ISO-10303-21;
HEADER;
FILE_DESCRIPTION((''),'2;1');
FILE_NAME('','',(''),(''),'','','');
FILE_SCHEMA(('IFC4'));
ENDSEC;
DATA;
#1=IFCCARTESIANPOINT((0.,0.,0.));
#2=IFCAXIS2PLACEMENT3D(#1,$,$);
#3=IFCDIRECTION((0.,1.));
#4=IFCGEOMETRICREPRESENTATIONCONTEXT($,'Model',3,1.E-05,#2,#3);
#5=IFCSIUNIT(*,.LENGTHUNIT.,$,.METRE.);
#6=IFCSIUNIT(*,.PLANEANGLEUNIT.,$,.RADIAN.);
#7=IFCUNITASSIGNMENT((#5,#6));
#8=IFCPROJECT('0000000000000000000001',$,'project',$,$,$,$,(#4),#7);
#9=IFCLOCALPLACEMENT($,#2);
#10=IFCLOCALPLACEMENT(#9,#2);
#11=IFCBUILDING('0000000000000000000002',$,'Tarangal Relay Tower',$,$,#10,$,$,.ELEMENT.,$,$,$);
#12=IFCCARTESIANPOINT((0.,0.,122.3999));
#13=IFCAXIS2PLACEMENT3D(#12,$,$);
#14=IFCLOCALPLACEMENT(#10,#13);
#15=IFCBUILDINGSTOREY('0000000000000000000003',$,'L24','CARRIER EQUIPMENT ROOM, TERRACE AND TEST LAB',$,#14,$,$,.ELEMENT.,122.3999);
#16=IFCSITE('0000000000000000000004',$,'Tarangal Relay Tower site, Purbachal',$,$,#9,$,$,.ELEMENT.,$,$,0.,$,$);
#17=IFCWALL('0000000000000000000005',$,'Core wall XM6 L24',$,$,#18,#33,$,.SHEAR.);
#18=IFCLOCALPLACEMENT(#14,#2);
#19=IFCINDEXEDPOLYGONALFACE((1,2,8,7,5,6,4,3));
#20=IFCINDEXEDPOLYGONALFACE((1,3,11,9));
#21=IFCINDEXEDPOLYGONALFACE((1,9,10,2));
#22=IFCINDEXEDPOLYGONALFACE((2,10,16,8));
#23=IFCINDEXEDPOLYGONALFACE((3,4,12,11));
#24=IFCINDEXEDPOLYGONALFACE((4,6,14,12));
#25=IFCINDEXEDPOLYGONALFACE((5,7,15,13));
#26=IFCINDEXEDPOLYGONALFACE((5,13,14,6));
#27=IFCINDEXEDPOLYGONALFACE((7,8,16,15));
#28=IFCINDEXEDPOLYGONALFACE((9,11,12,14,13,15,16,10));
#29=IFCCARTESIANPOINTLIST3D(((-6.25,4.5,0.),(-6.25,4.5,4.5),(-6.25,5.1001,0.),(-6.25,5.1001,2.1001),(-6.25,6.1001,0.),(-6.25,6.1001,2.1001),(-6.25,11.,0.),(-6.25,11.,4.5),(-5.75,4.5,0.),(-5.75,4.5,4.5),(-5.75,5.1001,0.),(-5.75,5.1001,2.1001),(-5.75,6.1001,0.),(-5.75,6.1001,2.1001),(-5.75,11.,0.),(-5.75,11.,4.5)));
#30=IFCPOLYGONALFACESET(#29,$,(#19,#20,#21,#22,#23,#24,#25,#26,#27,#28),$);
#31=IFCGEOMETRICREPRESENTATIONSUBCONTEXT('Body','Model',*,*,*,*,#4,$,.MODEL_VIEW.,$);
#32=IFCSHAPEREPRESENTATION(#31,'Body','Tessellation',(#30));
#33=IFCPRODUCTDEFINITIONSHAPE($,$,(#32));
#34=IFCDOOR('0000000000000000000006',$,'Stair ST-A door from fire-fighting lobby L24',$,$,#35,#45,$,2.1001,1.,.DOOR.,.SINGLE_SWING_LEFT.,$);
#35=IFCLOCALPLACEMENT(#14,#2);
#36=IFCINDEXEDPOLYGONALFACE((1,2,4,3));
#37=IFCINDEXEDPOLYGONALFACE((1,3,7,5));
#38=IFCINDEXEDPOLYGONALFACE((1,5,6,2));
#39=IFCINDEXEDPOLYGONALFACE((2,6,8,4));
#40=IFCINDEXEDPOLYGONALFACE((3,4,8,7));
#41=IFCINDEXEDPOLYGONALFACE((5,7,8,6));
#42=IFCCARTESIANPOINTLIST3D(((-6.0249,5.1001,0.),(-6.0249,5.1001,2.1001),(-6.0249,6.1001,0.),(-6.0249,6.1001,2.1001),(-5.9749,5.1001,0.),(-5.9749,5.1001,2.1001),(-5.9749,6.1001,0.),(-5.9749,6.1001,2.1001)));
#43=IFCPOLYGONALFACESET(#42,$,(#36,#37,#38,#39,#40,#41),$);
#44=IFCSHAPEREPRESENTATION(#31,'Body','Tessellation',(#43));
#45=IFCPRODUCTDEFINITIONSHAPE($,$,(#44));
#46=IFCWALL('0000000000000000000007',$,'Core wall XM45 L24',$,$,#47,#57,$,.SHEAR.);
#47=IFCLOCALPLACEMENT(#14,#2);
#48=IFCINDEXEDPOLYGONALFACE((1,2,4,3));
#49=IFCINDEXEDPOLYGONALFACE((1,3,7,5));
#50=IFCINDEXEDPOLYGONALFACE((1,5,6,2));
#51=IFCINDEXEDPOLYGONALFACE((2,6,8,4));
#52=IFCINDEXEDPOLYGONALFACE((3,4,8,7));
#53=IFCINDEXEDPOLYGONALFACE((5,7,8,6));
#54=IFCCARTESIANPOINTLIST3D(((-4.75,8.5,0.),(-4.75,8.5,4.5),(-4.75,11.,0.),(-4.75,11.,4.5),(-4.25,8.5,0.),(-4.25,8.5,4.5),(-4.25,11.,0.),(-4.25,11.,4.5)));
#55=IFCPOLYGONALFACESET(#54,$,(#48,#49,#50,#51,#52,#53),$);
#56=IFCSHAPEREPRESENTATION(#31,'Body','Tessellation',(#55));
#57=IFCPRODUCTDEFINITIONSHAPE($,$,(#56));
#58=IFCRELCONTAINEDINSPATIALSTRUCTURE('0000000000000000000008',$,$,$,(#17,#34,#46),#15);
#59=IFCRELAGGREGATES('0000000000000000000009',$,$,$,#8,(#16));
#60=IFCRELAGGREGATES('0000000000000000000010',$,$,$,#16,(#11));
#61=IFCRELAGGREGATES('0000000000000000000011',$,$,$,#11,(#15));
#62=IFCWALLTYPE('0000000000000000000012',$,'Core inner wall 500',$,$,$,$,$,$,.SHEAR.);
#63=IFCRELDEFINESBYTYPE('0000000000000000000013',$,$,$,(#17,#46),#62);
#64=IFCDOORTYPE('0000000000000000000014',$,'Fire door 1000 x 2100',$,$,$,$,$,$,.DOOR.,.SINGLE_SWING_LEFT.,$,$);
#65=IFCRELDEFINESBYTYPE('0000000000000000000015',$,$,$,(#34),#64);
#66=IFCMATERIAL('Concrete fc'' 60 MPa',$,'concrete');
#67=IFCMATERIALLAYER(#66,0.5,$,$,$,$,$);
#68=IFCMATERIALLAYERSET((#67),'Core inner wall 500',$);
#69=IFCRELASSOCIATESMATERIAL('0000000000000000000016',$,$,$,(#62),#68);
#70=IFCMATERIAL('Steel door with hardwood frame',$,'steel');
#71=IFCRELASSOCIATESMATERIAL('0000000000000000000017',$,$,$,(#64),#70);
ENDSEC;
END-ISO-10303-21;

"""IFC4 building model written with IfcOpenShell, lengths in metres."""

from ifc_helpers import new_model, si_unit, direction, frame, frame_2d, origin, place, context, subcontext, project, spatial, rectangle, extrude, material, layer, layer_set, type_object, element, fill, save


model = new_model("IFC4")

# Units and contexts
model_context = context("Model", 3, precision=1e-05, world=origin(), true_north=direction((0.0, 1.0)))
body_context = subcontext(model_context, "Body", "Model", "MODEL_VIEW")
ifc_project = project(units=[si_unit("LENGTHUNIT", "METRE"), si_unit("PLANEANGLEUNIT", "RADIAN")], contexts=[model_context])

# Site, building, storey
site_placement = place(None, origin())
site = spatial("IfcSite", under=ifc_project, at=site_placement, Name="Tarangal Relay Tower site, Purbachal", CompositionType="ELEMENT", RefElevation=0.0)
building_placement = place(site_placement, origin())
building = spatial("IfcBuilding", under=site, at=building_placement, Name="Tarangal Relay Tower", CompositionType="ELEMENT")
storey_placement = place(building_placement, frame((0.0, 0.0, 122.3999)))
storey = spatial("IfcBuildingStorey", under=building, at=storey_placement, Name="L24", Description="CARRIER EQUIPMENT ROOM, TERRACE AND TEST LAB", CompositionType="ELEMENT", Elevation=122.3999)

# Shared definitions
ifc_material_1 = material(Name="Concrete fc' 60 MPa", Category="concrete")
ifc_layer_1 = layer(ifc_material_1, 0.5)
ifc_layer_set_1 = layer_set([ifc_layer_1], Name="Core inner wall 500")
wall_type = type_object("IfcWallType", Name="Core inner wall 500", PredefinedType="SHEAR", material=ifc_layer_set_1)
ifc_material_2 = material(Name="Steel door with hardwood frame", Category="steel")

# Wall, opening, door
wall_1_placement = place(storey_placement, frame((-6.0, 4.5, 0.0), z_axis=(0.0, 0.0, 1.0), x_axis=(0.0, 1.0, 0.0)))
wall_1 = element("IfcWall", 1, at=wall_1_placement, inside=storey, type_object=wall_type, Name="Core wall XM6 L24", PredefinedType="SHEAR", context=body_context, shape_type="SweptSolid", body=[
    extrude(rectangle(XDim=6.5, YDim=0.5, at=frame_2d((3.25, 0.0))), origin(), (0.0, 0.0, 1.0), 4.5),
])
opening_1_placement = place(wall_1_placement, frame((0.6001, 0.0, 0.0)))
opening_1 = element("IfcOpeningElement", 2, at=opening_1_placement, cuts=wall_1, PredefinedType="OPENING", context=body_context, shape_type="SweptSolid", body=[
    extrude(rectangle(XDim=1.0, YDim=2.1001, at=frame_2d((0.5, 1.05))), frame((0.0, 0.26, 0.0), z_axis=(0.0, -1.0, 0.0), x_axis=(1.0, 0.0, 0.0)), (0.0, 0.0, 1.0), 0.52),
])
door_type_1 = type_object("IfcDoorType", Name="Fire door 1000 x 2100", OperationType="SINGLE_SWING_LEFT", PredefinedType="DOOR", material=ifc_material_2)
door_1_placement = place(opening_1_placement, origin())
door_1 = element("IfcDoor", 3, at=door_1_placement, inside=storey, type_object=door_type_1, Name="Stair ST-A door from fire-fighting lobby L24", OperationType="SINGLE_SWING_LEFT", OverallHeight=2.1001, OverallWidth=1.0, PredefinedType="DOOR", context=body_context, shape_type="SweptSolid", body=[
    extrude(rectangle(XDim=1.0, YDim=2.1001, at=frame_2d((0.5, 1.05))), frame((0.0, 0.0249, 0.0), z_axis=(0.0, -1.0, 0.0), x_axis=(1.0, 0.0, 0.0)), (0.0, 0.0, 1.0), 0.05),
])
fill(opening_1, door_1)

# Wall
wall_2_placement = place(storey_placement, frame((-4.5, 8.5, 0.0), z_axis=(0.0, 0.0, 1.0), x_axis=(0.0, 1.0, 0.0)))
element("IfcWall", 4, at=wall_2_placement, inside=storey, type_object=wall_type, Name="Core wall XM45 L24", PredefinedType="SHEAR", context=body_context, shape_type="SweptSolid", body=[
    extrude(rectangle(XDim=2.5, YDim=0.5, at=frame_2d((1.25, 0.0))), origin(), (0.0, 0.0, 1.0), 4.5),
])

save(model, "model.ifc")
